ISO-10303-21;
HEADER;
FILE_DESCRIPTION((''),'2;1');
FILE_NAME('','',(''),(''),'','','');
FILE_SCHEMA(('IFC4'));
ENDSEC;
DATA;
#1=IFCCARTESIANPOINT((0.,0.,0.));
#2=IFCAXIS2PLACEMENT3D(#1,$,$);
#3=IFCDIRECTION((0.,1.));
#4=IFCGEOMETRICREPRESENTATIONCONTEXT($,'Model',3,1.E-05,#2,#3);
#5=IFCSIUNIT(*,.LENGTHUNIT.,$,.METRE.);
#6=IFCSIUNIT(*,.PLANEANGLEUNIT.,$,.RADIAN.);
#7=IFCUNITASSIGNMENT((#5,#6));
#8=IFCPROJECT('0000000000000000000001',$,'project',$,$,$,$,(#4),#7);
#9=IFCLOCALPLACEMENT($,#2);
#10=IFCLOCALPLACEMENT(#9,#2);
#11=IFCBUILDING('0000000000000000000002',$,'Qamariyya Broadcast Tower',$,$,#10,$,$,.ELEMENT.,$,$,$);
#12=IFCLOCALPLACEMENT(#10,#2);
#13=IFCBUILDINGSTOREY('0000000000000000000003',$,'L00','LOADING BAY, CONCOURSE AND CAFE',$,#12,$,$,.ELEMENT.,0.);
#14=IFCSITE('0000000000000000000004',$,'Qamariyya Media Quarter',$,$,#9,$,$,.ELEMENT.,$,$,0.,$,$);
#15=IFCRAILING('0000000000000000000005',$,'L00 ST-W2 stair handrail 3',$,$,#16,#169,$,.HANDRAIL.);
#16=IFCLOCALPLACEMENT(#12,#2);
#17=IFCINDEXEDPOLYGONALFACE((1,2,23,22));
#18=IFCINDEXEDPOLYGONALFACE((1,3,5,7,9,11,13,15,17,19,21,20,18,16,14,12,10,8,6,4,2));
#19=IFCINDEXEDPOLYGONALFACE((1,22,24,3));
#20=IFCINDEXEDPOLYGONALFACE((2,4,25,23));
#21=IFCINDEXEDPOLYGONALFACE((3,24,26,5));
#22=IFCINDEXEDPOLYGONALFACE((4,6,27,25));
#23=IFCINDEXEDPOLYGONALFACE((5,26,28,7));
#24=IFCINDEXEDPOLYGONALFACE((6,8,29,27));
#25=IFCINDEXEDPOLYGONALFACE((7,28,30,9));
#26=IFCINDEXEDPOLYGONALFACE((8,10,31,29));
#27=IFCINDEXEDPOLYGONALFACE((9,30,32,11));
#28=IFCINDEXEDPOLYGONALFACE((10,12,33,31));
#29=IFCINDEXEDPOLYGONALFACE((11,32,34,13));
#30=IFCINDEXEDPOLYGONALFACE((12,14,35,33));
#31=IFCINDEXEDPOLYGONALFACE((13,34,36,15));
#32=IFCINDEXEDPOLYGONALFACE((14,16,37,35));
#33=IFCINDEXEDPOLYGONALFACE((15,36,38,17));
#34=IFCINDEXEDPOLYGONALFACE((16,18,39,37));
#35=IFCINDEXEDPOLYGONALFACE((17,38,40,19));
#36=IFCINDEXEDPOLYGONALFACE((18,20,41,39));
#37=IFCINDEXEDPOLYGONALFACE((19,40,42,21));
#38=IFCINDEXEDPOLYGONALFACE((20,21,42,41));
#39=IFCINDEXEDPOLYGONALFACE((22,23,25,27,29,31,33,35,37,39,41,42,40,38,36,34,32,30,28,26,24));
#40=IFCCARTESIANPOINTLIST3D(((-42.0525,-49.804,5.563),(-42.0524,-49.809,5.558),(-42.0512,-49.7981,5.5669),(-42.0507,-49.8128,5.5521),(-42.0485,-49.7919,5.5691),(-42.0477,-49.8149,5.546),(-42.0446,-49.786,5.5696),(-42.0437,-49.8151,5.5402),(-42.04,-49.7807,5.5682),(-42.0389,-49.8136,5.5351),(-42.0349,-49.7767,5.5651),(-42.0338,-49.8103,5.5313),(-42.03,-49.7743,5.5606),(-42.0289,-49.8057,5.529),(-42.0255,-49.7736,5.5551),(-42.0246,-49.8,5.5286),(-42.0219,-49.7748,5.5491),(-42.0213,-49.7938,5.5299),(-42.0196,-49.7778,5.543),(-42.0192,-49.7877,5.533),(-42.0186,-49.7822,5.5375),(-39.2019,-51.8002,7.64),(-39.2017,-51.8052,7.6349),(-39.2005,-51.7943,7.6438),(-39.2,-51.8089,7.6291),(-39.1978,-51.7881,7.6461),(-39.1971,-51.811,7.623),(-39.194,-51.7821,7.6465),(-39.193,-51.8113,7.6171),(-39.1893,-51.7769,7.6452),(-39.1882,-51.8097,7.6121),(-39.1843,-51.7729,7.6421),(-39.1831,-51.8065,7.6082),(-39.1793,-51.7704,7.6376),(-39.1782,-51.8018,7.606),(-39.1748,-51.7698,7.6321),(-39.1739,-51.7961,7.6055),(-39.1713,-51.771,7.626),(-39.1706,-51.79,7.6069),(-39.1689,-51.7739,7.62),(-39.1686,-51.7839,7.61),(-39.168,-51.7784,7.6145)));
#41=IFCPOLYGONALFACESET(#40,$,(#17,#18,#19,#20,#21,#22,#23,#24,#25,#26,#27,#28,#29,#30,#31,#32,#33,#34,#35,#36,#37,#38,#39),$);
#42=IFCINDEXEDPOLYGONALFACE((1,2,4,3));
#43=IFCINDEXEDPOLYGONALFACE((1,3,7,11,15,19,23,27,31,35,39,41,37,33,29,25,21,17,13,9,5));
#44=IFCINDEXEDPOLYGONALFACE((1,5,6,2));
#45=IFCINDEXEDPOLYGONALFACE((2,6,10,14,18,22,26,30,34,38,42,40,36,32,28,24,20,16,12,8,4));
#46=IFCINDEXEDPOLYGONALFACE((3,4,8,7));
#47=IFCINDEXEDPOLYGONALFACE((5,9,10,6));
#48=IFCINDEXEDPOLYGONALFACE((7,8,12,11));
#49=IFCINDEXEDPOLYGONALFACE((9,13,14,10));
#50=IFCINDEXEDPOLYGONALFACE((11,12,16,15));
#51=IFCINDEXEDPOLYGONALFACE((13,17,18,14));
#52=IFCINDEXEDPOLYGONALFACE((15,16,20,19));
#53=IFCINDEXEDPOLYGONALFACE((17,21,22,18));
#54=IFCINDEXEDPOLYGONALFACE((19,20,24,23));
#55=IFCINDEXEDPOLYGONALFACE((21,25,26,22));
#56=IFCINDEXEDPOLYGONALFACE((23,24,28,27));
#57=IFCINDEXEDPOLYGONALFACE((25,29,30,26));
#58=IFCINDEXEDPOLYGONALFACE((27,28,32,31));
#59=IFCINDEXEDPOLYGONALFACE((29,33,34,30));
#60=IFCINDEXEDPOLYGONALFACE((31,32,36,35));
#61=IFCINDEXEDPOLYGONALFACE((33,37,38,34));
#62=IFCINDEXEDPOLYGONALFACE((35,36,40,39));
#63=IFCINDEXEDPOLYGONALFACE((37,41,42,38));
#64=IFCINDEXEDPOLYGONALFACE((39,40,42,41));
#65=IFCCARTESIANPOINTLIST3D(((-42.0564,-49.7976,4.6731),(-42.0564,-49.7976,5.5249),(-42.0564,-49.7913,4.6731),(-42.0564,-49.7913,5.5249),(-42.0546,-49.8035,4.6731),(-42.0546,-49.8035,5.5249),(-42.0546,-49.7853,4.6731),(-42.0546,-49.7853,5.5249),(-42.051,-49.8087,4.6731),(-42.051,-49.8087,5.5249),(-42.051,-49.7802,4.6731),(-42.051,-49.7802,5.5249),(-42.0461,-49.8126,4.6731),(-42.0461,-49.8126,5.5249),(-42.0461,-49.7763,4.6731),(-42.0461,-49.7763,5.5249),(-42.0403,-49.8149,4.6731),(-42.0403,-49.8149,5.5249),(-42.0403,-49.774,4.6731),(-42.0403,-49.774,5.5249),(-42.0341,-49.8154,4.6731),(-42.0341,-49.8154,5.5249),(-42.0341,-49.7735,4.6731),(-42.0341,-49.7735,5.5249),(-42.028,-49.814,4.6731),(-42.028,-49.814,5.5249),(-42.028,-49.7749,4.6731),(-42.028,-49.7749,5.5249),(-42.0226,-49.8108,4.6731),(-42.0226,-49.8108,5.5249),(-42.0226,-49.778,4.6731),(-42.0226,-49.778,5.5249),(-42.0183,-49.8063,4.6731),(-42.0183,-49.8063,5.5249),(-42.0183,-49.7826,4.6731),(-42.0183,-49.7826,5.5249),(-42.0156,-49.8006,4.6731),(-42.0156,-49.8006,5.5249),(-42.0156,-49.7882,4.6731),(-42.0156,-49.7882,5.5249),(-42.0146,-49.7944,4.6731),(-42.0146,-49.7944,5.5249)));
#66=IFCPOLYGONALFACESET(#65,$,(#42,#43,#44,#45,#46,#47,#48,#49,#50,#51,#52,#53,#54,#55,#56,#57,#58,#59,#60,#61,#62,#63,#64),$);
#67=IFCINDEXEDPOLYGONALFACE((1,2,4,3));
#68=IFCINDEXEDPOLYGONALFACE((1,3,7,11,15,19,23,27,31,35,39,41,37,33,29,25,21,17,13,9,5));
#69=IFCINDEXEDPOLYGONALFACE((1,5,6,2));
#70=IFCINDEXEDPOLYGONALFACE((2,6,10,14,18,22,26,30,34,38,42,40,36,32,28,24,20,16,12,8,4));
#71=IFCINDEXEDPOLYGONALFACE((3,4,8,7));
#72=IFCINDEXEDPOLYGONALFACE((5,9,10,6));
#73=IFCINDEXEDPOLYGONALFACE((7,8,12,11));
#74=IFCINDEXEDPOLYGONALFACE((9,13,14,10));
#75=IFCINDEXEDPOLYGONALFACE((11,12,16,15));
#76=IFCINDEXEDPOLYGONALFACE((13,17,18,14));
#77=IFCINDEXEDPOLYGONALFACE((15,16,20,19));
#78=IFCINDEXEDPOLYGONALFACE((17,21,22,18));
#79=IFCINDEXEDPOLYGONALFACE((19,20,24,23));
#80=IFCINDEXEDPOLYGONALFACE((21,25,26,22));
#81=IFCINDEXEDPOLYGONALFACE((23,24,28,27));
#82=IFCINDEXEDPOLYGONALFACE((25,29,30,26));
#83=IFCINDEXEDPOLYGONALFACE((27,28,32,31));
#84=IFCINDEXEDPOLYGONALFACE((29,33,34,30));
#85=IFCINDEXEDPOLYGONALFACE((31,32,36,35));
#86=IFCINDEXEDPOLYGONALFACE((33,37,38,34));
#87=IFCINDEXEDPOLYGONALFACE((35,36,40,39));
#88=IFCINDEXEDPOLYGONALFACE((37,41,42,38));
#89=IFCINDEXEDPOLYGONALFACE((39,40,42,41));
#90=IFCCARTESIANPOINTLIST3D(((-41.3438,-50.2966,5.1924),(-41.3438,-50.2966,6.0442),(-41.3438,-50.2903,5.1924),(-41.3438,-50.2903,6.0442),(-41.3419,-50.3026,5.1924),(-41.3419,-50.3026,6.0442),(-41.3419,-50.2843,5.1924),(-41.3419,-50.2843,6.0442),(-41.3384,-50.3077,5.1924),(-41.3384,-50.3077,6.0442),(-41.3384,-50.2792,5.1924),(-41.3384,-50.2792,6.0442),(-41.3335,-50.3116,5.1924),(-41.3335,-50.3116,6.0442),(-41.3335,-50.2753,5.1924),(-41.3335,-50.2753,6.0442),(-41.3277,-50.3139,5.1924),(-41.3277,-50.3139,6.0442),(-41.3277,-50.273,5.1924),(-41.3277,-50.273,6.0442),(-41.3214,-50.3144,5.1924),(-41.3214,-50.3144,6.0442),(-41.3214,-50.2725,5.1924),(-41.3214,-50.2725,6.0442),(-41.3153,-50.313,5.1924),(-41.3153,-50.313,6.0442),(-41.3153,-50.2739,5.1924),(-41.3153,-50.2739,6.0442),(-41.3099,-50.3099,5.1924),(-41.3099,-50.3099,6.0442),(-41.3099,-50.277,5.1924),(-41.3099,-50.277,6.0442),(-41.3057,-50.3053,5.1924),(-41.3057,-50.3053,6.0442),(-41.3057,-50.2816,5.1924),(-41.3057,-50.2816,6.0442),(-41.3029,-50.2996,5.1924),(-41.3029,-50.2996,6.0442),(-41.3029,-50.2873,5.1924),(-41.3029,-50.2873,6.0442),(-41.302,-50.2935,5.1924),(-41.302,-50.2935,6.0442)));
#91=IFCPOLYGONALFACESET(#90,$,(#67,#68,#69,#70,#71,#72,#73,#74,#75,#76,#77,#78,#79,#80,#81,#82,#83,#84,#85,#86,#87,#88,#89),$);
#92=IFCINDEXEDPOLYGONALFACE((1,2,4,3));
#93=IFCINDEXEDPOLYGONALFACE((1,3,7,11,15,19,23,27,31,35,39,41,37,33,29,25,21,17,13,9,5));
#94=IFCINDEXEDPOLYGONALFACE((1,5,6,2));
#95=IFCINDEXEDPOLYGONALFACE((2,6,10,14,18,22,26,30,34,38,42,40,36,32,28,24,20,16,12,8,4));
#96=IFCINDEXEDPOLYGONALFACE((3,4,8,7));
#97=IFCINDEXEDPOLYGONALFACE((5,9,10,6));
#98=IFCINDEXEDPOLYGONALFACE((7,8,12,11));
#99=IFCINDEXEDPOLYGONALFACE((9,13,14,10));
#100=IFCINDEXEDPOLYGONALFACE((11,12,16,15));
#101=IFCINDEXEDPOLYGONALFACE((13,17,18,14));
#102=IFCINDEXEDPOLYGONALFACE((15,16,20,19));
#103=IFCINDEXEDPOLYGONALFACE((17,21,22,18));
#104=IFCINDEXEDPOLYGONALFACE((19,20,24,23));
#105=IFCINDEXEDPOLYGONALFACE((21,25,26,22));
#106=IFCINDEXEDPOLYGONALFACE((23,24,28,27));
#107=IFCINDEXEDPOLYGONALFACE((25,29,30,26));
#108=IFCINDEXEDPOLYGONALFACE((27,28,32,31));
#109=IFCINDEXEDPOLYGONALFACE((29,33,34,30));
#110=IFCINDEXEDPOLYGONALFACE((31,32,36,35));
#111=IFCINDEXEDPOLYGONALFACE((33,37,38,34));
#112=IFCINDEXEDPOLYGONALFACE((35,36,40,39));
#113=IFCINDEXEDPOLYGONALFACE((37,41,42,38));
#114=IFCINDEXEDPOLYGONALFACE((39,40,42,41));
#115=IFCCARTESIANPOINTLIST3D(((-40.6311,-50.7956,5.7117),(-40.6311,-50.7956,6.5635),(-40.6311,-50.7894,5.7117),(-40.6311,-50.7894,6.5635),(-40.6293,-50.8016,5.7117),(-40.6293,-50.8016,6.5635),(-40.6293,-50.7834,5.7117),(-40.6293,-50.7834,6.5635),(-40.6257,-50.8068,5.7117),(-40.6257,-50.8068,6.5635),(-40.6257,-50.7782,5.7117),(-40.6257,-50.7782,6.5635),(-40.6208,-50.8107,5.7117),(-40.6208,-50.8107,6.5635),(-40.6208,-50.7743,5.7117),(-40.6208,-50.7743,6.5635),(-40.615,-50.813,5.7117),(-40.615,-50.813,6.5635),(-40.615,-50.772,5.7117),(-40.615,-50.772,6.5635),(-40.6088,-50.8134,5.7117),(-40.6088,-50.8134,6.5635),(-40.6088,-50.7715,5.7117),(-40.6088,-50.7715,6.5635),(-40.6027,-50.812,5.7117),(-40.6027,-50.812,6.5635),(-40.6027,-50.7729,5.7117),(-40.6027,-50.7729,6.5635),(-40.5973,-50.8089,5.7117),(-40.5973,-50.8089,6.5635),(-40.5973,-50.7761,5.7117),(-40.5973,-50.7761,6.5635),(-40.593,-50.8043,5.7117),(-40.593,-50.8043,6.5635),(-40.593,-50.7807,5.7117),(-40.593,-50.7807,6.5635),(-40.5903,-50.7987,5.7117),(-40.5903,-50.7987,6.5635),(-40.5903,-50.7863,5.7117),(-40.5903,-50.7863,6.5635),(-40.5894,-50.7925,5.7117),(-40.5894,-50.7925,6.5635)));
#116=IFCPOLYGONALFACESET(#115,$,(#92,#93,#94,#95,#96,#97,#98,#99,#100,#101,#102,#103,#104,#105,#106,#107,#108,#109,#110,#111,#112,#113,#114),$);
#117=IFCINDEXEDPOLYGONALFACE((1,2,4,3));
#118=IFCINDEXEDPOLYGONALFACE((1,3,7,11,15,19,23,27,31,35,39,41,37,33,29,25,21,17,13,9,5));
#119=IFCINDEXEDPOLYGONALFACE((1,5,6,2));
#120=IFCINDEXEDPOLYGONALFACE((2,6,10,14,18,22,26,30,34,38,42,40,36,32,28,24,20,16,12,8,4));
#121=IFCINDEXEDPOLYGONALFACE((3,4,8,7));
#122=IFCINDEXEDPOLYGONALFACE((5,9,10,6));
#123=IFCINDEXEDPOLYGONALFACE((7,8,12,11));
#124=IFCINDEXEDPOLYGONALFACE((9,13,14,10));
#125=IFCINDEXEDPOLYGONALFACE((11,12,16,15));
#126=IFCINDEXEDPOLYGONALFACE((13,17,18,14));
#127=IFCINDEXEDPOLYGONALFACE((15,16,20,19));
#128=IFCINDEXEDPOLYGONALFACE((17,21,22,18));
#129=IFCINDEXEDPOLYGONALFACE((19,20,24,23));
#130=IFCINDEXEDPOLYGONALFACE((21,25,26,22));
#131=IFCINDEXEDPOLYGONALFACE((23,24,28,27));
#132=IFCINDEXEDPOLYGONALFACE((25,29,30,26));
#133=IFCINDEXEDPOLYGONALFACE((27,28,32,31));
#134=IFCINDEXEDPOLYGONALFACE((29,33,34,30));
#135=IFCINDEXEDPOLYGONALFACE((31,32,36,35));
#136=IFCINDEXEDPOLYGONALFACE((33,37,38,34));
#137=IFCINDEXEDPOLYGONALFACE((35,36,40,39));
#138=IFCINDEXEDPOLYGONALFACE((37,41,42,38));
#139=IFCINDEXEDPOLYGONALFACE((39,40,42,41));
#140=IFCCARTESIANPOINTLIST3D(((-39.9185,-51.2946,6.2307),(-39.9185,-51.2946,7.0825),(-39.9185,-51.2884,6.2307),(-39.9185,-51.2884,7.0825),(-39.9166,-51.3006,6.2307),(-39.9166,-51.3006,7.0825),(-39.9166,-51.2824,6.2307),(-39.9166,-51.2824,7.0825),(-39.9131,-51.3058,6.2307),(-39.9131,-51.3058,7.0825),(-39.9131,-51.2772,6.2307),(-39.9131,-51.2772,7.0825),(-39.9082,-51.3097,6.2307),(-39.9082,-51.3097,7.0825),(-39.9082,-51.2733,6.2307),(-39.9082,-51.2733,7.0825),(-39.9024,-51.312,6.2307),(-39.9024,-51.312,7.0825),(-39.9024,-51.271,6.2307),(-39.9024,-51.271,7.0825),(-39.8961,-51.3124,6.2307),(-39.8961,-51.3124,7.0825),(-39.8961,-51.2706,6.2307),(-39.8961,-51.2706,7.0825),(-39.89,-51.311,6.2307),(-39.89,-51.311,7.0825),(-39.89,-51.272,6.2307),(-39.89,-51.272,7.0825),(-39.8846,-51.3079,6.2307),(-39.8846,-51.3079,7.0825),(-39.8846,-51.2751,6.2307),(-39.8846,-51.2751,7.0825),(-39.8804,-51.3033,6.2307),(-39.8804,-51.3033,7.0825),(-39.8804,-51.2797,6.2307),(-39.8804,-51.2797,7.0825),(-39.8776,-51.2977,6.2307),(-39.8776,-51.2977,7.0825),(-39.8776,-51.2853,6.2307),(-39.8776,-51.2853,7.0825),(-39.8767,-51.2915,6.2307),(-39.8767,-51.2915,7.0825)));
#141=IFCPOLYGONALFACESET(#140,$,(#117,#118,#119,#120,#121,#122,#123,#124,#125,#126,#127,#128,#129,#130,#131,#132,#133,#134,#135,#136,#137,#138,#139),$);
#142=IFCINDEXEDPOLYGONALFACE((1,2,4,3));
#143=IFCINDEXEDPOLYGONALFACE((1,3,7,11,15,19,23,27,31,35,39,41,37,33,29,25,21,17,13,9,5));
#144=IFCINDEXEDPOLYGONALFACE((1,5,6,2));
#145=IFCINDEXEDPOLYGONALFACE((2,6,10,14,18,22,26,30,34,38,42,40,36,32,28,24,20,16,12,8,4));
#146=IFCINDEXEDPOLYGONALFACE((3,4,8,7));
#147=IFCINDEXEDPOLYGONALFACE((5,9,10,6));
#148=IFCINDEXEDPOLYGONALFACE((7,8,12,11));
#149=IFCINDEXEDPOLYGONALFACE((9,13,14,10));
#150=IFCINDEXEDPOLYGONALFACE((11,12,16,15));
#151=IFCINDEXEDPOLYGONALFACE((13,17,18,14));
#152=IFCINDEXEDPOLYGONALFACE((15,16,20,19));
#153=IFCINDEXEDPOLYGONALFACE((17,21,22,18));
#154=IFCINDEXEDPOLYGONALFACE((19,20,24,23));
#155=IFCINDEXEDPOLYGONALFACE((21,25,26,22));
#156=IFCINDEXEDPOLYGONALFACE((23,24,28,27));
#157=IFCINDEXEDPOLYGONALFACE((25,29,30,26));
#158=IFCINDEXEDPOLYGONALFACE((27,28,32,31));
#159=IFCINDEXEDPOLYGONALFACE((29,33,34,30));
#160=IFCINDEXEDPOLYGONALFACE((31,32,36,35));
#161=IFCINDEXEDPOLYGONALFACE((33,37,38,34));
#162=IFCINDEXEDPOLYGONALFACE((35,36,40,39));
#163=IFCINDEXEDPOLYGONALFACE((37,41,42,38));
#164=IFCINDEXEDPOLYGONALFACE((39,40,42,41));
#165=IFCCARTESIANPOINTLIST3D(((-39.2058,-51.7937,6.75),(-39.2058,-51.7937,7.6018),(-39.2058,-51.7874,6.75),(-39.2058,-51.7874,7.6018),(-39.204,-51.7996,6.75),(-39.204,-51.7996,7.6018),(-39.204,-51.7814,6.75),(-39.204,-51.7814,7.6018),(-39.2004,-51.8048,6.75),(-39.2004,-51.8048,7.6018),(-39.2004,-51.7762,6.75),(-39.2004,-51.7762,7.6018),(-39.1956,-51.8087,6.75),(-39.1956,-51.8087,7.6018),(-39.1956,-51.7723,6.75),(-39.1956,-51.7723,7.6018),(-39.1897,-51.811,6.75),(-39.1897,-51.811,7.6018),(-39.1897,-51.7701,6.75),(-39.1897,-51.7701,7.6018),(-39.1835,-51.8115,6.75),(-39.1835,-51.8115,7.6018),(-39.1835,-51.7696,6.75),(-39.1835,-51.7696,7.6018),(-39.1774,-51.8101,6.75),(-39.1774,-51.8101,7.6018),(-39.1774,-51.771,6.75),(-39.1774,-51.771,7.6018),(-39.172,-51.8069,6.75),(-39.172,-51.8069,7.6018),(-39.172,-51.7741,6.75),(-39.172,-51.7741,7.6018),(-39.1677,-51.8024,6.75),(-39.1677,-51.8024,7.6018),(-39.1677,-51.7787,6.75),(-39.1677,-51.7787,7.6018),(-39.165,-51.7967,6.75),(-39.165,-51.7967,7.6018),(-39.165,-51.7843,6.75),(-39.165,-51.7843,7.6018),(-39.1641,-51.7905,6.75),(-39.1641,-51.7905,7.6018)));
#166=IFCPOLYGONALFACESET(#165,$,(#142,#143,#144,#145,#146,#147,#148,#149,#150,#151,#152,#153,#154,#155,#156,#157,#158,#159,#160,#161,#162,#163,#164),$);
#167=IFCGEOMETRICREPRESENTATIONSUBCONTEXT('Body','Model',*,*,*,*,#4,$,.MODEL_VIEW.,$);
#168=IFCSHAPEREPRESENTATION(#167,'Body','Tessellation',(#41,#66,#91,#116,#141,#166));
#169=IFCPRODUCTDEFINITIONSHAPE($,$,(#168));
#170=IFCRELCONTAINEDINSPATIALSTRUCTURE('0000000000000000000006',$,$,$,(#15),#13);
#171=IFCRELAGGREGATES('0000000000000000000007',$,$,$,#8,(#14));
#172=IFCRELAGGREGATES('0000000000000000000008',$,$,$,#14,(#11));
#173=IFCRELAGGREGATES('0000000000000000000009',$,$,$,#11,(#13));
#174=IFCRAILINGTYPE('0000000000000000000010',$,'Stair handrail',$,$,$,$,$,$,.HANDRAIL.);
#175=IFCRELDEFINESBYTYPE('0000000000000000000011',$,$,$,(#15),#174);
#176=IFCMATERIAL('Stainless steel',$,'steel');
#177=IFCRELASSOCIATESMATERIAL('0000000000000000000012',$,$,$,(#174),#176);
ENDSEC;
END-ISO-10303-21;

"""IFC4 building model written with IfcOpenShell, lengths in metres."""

from ifc_helpers import new_model, si_unit, direction, frame, origin, origin_2d, place, context, subcontext, project, spatial, circle, extrude, material, type_object, element, save


model = new_model("IFC4")

# Units and contexts
model_context = context("Model", 3, precision=1e-05, world=origin(), true_north=direction((0.0, 1.0)))
body_context = subcontext(model_context, "Body", "Model", "MODEL_VIEW")
ifc_project = project(units=[si_unit("LENGTHUNIT", "METRE"), si_unit("PLANEANGLEUNIT", "RADIAN")], contexts=[model_context])

# Site, building, storey
site_placement = place(None, origin())
site = spatial("IfcSite", under=ifc_project, at=site_placement, Name="Qamariyya Media Quarter", CompositionType="ELEMENT", RefElevation=0.0)
building_placement = place(site_placement, origin())
building = spatial("IfcBuilding", under=site, at=building_placement, Name="Qamariyya Broadcast Tower", CompositionType="ELEMENT")
storey_placement = place(building_placement, origin())
storey = spatial("IfcBuildingStorey", under=building, at=storey_placement, Name="L00", Description="LOADING BAY, CONCOURSE AND CAFE", CompositionType="ELEMENT", Elevation=0.0)

# Railing
ifc_material_1 = material(Name="Stainless steel", Category="steel")
railing_type_1 = type_object("IfcRailingType", Name="Stair handrail", PredefinedType="HANDRAIL", material=ifc_material_1)
railing_1_placement = place(storey_placement, frame((-42.0356, -49.7944, 4.6731)))
element("IfcRailing", 1, at=railing_1_placement, inside=storey, type_object=railing_type_1, Name="L00 ST-W2 stair handrail 3", PredefinedType="HANDRAIL", context=body_context, shape_type="SweptSolid", body=[
    extrude(circle(Radius=0.0239, at=origin_2d()), frame((0.0, 0.0, 0.876), z_axis=(0.703393, -0.492544, 0.512484), x_axis=(0.573594, 0.81914, 0.0)), (0.0, 0.0, 1.0), 4.0527),
    extrude(circle(Radius=0.021, at=origin_2d()), origin(), (0.0, 0.0, 1.0), 0.8518),
    extrude(circle(Radius=0.021, at=origin_2d()), frame((0.7126, -0.499, 0.5193)), (0.0, 0.0, 1.0), 0.8518),
    extrude(circle(Radius=0.021, at=origin_2d()), frame((1.4253, -0.998, 1.0386)), (0.0, 0.0, 1.0), 0.8518),
    extrude(circle(Radius=0.021, at=origin_2d()), frame((2.1379, -1.4971, 1.5576)), (0.0, 0.0, 1.0), 0.8518),
    extrude(circle(Radius=0.021, at=origin_2d()), frame((2.8506, -1.9961, 2.0769)), (0.0, 0.0, 1.0), 0.8518),
])

save(model, "model.ifc")
